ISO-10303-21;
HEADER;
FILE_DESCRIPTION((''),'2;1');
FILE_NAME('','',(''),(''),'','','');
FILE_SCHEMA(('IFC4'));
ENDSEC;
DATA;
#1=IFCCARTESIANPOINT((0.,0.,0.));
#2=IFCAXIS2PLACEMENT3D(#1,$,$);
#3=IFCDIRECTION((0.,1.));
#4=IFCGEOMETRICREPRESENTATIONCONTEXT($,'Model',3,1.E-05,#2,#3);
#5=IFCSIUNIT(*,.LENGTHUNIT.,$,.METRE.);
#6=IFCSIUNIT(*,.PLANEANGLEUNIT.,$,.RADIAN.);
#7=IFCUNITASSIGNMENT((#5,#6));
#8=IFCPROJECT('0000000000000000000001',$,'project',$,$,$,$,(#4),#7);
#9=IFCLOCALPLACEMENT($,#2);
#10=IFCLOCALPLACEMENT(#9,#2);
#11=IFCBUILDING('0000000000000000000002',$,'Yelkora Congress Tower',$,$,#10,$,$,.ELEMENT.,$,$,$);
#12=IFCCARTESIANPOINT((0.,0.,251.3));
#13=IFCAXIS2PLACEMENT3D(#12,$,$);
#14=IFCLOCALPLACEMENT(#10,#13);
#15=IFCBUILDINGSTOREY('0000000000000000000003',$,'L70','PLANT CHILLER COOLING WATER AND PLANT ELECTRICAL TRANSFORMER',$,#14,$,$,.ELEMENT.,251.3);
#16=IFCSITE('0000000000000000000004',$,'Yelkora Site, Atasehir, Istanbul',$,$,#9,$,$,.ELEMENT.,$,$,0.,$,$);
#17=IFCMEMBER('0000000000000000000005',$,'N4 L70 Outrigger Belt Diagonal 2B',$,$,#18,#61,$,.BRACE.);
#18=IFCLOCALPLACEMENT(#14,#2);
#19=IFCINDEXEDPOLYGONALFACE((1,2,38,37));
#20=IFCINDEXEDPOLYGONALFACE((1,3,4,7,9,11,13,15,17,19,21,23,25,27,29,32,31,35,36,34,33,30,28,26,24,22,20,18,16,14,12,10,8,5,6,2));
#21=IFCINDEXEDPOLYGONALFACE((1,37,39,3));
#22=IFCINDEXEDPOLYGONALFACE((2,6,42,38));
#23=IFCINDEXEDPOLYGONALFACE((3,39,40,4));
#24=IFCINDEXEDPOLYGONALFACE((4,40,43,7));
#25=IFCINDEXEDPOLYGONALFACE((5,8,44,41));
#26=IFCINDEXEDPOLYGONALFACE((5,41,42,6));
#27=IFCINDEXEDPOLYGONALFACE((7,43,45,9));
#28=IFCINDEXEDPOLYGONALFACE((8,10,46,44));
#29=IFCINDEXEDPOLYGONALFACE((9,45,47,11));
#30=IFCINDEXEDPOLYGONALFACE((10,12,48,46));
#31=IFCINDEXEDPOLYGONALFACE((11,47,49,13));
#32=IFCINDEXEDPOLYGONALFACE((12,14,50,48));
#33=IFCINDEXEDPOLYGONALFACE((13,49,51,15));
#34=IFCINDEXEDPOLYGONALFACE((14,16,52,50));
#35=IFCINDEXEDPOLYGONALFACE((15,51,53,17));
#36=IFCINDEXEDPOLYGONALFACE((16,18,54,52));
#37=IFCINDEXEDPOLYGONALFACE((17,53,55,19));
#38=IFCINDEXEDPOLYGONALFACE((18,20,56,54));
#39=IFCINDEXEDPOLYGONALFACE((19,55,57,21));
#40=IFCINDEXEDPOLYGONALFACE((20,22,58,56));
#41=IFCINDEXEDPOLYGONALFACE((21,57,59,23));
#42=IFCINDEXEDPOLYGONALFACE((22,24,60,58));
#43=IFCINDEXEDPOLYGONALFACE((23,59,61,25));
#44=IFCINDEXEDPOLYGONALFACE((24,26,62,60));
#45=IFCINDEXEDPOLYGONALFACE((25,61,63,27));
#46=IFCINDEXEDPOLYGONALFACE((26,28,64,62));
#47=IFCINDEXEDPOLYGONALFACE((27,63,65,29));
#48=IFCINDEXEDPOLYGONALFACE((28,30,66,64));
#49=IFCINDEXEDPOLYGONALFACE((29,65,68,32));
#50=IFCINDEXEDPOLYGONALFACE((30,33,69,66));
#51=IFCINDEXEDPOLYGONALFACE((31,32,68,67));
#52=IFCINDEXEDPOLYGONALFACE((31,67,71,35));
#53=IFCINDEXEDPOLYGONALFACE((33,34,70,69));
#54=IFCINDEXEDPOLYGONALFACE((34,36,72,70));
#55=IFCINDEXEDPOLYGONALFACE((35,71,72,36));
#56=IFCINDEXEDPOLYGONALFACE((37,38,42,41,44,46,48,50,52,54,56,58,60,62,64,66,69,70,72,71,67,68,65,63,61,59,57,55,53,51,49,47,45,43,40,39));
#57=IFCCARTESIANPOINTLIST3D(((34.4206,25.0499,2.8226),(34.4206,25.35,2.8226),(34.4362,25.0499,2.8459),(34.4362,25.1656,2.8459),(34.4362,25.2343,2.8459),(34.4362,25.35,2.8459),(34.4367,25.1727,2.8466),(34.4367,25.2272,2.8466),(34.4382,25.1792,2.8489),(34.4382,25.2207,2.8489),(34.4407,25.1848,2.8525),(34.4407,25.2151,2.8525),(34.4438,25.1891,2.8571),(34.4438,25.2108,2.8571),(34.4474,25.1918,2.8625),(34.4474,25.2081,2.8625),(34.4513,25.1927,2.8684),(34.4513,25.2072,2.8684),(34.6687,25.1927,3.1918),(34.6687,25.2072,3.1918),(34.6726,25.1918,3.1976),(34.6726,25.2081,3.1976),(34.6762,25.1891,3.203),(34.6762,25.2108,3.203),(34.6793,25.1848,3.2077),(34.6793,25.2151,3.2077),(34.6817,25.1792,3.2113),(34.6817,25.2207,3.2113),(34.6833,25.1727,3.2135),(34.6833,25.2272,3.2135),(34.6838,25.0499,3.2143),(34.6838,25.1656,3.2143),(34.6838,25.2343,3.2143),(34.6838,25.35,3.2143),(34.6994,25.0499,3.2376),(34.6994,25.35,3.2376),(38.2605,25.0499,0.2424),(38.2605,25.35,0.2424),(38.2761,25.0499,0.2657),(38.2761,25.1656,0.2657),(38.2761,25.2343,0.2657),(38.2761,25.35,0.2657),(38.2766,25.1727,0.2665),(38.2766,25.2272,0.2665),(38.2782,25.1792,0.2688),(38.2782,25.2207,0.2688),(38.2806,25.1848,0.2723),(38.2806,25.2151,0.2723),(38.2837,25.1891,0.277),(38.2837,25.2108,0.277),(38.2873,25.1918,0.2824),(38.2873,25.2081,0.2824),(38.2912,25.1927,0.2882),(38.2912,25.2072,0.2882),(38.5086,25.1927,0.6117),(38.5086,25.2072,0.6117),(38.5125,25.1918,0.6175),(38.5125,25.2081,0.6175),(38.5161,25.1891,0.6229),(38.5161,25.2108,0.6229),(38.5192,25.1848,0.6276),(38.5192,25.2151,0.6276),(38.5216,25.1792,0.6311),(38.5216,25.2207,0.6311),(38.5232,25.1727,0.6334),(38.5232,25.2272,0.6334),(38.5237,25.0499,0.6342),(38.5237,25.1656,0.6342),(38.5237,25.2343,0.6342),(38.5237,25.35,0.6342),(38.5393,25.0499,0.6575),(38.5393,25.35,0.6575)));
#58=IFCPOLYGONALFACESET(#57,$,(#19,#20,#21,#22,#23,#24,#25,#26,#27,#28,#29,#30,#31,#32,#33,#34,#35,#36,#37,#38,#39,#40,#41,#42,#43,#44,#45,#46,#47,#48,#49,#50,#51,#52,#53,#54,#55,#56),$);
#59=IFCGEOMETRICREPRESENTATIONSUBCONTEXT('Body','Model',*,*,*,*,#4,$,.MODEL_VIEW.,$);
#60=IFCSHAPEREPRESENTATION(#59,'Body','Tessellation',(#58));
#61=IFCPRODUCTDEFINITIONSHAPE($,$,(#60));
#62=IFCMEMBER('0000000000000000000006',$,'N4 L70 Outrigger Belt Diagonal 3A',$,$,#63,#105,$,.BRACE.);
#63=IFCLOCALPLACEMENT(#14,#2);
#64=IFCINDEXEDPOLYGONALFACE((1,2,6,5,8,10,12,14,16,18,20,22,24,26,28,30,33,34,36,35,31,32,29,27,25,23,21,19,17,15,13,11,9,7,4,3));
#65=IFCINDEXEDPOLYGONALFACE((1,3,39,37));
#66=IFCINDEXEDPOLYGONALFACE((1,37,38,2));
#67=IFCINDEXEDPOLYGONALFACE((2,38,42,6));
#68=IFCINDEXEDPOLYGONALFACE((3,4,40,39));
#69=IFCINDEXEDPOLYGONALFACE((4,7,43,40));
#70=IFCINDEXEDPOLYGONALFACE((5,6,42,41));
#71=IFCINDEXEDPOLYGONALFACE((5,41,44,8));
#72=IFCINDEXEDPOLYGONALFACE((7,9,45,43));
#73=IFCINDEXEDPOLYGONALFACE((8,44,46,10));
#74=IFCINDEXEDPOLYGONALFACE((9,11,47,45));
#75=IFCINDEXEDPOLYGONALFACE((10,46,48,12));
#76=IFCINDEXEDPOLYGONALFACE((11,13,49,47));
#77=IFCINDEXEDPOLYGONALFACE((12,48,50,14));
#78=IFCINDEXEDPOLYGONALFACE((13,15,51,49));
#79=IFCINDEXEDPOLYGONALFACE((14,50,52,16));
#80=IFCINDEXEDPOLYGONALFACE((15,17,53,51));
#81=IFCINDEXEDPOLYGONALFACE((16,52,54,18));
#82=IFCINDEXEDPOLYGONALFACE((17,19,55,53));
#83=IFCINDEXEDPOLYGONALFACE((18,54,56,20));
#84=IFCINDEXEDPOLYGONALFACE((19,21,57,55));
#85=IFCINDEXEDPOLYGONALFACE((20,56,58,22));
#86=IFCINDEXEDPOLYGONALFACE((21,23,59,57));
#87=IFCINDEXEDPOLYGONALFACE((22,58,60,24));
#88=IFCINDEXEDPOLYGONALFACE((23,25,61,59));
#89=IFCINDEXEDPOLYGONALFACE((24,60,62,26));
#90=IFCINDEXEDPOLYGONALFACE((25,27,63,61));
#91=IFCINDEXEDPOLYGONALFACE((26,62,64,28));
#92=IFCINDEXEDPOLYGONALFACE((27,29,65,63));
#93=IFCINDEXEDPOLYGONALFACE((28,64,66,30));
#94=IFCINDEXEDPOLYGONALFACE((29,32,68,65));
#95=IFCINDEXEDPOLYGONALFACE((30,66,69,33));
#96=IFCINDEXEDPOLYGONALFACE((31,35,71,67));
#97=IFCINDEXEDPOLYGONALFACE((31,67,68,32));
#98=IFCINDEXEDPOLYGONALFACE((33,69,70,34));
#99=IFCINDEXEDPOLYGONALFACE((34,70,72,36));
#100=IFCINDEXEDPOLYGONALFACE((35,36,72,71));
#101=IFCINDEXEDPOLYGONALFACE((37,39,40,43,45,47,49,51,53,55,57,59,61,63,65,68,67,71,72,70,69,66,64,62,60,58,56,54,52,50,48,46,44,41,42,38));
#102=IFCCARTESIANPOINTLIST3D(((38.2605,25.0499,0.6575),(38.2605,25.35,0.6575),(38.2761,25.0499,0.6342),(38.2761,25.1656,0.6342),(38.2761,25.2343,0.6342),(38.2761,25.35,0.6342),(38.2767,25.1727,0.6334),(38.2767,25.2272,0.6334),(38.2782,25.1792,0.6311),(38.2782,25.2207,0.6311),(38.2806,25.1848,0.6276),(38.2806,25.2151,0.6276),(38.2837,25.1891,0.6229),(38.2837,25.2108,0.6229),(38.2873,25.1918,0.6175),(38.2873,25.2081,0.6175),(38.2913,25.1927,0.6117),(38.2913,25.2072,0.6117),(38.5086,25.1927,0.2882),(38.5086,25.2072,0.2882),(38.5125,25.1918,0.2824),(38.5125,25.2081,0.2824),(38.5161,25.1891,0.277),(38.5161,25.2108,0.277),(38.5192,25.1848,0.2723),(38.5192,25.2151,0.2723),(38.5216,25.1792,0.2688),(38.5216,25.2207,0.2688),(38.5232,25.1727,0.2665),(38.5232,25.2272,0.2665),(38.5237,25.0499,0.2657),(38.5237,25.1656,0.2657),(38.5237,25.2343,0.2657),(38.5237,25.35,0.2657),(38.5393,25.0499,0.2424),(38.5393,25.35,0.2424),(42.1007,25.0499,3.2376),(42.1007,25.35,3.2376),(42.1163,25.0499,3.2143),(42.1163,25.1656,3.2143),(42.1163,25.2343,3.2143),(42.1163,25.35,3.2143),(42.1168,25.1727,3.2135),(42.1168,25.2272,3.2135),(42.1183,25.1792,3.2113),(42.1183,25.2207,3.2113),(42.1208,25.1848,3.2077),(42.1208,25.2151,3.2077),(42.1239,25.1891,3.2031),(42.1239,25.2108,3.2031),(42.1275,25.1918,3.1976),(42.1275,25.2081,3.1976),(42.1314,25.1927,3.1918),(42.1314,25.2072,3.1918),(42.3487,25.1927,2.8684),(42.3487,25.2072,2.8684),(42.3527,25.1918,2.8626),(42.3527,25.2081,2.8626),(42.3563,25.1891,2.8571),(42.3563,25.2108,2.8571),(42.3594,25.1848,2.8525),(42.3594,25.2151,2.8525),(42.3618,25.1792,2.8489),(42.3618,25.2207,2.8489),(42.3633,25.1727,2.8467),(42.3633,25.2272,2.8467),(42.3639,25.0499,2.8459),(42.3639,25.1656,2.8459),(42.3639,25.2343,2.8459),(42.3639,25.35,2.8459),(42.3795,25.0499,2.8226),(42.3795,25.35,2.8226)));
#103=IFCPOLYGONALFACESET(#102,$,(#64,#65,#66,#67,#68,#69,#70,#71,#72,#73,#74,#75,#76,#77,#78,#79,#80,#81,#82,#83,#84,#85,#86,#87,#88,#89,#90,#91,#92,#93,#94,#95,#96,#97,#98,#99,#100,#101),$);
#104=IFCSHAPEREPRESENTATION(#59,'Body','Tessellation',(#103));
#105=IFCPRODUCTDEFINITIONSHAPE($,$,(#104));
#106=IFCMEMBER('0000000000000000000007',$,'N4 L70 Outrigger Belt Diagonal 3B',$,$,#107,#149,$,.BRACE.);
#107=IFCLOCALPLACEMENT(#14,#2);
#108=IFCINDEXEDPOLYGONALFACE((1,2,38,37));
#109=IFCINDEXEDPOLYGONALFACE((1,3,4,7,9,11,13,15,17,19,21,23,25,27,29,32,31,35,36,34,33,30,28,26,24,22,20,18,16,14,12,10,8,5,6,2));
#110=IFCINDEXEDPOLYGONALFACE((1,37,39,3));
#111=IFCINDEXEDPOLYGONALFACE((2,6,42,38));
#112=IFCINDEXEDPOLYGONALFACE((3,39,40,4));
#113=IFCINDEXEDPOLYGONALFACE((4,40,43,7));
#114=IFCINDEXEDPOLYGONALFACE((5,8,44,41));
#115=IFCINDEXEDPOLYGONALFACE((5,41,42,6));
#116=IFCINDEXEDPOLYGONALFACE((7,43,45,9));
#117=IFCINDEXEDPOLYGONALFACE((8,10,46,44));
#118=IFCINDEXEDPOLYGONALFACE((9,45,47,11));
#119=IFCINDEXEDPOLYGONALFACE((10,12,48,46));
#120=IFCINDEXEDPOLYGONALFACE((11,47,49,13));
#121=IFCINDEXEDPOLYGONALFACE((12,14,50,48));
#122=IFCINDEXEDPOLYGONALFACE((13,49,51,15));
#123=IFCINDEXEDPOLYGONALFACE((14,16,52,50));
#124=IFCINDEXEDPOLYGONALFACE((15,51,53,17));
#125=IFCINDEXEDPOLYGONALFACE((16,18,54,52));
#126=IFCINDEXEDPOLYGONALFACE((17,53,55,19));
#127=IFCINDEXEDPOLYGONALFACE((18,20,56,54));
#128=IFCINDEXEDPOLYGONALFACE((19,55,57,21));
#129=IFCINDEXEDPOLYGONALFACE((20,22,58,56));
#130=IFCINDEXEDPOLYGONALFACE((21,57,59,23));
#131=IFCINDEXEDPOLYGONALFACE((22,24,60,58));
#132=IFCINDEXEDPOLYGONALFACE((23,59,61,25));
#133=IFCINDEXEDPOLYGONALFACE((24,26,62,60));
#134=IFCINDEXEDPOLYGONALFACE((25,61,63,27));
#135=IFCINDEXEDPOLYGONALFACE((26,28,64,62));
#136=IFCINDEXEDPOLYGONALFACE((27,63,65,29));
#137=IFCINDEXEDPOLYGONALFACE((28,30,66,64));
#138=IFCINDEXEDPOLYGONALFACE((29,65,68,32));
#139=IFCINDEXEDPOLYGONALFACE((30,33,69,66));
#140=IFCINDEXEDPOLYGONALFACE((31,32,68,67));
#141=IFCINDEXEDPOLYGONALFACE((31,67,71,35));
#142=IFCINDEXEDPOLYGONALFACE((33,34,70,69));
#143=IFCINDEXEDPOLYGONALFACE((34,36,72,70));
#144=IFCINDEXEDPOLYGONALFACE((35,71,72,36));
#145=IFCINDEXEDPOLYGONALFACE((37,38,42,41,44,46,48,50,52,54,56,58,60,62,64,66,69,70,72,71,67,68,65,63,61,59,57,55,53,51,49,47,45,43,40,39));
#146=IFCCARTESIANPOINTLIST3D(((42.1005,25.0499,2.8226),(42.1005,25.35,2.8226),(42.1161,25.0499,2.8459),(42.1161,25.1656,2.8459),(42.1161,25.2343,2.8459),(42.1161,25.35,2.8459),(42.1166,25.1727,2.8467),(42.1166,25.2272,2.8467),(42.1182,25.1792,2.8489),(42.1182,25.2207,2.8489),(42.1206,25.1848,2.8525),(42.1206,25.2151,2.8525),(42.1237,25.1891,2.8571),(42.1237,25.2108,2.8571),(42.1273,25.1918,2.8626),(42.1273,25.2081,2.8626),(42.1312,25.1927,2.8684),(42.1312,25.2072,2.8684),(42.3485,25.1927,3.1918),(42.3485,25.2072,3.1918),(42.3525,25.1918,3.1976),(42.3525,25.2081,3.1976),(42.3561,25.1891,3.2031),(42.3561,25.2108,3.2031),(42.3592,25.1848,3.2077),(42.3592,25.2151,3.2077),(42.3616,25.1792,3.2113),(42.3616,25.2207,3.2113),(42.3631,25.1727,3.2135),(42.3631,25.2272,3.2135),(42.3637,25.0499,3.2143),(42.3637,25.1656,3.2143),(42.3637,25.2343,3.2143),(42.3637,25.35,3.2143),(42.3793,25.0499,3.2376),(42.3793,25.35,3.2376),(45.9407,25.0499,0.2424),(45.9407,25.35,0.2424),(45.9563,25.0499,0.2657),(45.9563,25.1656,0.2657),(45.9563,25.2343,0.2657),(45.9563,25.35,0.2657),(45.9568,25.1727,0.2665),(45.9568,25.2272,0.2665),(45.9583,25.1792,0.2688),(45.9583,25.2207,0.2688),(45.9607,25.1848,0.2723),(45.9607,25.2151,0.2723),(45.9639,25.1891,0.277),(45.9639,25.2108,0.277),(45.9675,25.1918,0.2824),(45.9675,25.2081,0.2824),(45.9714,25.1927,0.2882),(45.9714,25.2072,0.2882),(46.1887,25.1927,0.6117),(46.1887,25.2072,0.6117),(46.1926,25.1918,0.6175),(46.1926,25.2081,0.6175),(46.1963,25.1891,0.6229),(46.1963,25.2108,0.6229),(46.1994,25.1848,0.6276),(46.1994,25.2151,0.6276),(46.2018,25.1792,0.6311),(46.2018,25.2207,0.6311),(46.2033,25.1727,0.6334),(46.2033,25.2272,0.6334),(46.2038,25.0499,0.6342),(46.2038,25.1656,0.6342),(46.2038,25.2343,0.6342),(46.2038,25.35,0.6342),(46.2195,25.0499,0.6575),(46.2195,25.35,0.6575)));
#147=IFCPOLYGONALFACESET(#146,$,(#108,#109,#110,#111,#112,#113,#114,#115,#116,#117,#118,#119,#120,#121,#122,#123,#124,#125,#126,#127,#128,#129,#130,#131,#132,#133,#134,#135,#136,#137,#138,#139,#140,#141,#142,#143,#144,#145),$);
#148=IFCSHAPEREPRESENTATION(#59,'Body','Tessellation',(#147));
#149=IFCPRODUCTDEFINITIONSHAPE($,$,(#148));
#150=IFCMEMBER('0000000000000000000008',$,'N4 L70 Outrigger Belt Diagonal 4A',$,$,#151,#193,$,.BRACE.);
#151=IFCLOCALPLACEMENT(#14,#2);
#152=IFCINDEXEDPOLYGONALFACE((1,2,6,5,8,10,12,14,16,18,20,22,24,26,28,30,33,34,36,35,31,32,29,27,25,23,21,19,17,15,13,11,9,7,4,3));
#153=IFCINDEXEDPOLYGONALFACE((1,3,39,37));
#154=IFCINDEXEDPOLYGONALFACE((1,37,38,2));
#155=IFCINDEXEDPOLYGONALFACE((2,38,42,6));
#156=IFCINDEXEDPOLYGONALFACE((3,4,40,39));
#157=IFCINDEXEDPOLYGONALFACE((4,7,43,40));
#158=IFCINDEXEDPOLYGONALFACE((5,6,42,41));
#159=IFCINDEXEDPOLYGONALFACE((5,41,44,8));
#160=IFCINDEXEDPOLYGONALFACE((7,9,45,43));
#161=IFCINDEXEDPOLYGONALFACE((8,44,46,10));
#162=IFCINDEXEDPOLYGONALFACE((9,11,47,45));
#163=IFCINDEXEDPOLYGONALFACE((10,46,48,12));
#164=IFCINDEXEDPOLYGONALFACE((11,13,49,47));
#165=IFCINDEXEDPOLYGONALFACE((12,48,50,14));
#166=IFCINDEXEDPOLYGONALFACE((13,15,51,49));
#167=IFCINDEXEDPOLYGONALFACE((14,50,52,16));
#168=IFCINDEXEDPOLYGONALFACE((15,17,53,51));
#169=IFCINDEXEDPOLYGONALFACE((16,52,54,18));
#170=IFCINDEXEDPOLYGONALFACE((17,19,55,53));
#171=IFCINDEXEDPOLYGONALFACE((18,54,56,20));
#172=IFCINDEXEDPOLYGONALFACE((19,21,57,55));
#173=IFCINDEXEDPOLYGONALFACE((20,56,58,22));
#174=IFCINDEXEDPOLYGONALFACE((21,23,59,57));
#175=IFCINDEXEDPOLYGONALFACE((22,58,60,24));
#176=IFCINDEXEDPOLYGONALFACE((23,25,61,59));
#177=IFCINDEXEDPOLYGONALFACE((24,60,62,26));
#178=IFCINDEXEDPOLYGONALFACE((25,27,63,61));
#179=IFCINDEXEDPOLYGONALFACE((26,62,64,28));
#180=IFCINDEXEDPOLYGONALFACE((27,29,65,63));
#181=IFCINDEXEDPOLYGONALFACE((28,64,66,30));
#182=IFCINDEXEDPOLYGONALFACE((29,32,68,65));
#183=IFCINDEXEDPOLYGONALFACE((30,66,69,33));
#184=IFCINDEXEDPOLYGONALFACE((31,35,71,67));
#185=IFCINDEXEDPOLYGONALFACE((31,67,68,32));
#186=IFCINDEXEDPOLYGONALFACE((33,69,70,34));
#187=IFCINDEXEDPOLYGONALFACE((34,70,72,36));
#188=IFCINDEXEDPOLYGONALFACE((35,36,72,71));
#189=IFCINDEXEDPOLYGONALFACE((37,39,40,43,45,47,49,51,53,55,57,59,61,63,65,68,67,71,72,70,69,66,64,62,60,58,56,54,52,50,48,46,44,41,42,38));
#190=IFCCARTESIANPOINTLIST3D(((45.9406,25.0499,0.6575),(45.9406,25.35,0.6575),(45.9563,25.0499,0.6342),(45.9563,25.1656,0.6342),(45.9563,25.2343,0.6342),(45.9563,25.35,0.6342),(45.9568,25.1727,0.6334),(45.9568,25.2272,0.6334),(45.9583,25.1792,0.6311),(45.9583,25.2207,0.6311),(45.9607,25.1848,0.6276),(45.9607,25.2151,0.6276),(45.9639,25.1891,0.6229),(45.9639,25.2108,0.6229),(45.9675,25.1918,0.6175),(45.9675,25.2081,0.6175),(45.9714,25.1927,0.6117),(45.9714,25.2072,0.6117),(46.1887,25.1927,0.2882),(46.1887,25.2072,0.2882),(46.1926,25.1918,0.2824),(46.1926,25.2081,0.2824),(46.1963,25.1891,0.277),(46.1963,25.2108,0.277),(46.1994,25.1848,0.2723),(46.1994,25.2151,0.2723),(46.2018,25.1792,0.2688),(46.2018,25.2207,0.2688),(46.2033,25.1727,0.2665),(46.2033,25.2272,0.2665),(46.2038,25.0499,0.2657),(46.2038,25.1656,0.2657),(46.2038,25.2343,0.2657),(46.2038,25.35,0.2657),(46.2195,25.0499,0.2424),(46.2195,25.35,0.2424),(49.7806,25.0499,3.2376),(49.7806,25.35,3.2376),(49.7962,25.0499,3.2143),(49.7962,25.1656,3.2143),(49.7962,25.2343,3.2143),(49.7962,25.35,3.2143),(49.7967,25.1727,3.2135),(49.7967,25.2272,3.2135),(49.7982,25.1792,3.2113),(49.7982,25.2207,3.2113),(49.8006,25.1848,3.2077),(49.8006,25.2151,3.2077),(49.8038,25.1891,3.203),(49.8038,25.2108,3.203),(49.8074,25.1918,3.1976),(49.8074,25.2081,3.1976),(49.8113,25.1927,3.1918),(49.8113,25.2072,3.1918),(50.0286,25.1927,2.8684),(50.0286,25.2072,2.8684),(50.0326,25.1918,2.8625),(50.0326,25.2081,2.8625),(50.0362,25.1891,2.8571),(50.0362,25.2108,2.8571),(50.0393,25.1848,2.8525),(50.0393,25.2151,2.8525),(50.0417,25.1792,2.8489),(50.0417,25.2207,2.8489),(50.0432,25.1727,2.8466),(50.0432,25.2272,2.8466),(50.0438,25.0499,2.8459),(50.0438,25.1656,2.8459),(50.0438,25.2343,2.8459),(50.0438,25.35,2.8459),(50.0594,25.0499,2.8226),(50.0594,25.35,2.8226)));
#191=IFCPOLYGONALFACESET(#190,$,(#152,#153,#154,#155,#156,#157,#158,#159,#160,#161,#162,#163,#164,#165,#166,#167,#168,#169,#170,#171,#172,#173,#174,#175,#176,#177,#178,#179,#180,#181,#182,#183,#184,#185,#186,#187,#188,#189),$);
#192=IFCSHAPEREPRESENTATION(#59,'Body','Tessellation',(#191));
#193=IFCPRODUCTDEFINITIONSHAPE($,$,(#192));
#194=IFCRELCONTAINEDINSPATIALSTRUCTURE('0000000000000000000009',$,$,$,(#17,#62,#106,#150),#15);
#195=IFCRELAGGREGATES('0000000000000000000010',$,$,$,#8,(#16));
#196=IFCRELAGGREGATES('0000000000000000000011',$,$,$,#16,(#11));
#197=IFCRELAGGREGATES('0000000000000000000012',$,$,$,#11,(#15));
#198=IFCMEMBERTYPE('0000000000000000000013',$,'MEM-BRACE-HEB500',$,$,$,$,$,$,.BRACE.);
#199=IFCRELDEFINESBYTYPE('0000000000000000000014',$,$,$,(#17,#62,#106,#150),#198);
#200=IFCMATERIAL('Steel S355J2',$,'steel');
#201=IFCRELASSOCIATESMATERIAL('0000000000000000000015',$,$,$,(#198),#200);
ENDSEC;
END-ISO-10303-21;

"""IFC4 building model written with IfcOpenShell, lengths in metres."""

from ifc_helpers import new_model, si_unit, direction, frame, origin, origin_2d, place, context, subcontext, project, spatial, i_section, extrude, material, material_profile, profile_set, type_object, element, save


model = new_model("IFC4")

# Units and contexts
model_context = context("Model", 3, precision=1e-05, world=origin(), true_north=direction((0.0, 1.0)))
body_context = subcontext(model_context, "Body", "Model", "MODEL_VIEW")
ifc_project = project(units=[si_unit("LENGTHUNIT", "METRE"), si_unit("PLANEANGLEUNIT", "RADIAN")], contexts=[model_context])

# Site, building, storey
site_placement = place(None, origin())
site = spatial("IfcSite", under=ifc_project, at=site_placement, Name="Yelkora Site, Atasehir, Istanbul", CompositionType="ELEMENT", RefElevation=0.0)
building_placement = place(site_placement, origin())
building = spatial("IfcBuilding", under=site, at=building_placement, Name="Yelkora Congress Tower", CompositionType="ELEMENT")
storey_placement = place(building_placement, frame((0.0, 0.0, 251.3)))
storey = spatial("IfcBuildingStorey", under=building, at=storey_placement, Name="L70", Description="PLANT CHILLER COOLING WATER AND PLANT ELECTRICAL TRANSFORMER", CompositionType="ELEMENT", Elevation=251.3)

# Members
ifc_material_1 = material(Name="Steel S355J2", Category="steel")
ifc_material_profile_1 = material_profile(ifc_material_1, i_section(OverallWidth=0.3, OverallDepth=0.5, WebThickness=0.0144, FlangeThickness=0.0281, FilletRadius=0.0271, at=origin_2d()), Name="HEB 500")
ifc_profile_set_1 = profile_set([ifc_material_profile_1], Name="Steel S355J2")
member_type_1 = type_object("IfcMemberType", Name="MEM-BRACE-HEB500", PredefinedType="BRACE", material=ifc_profile_set_1)
member_1_placement = place(storey_placement, frame((38.3999, 25.2, 0.45), z_axis=(-0.830031, 0.0, 0.557717), x_axis=(0.0, -1.0, 0.0)))
element("IfcMember", 1, at=member_1_placement, inside=storey, type_object=member_type_1, Name="N4 L70 Outrigger Belt Diagonal 2B", PredefinedType="BRACE", context=body_context, shape_type="SweptSolid", body=[
    extrude(i_section(OverallWidth=0.3, OverallDepth=0.5, WebThickness=0.0144, FlangeThickness=0.0281, FilletRadius=0.0271, at=origin_2d()), origin(), (0.0, 0.0, 1.0), 4.6262),
])
for number, where, z_axis, x_axis, name in (
    (2, (38.3999, 25.2, 0.45), (0.830048, 0.0, 0.557692), (0.0, 1.0, 0.0), "N4 L70 Outrigger Belt Diagonal 3A"),
    (3, (46.0801, 25.2, 0.45), (-0.830048, 0.0, 0.557692), (0.0, -1.0, 0.0), "N4 L70 Outrigger Belt Diagonal 3B"),
):
    element("IfcMember", number, at=place(storey_placement, frame(where, z_axis=z_axis, x_axis=x_axis)), inside=storey, type_object=member_type_1, Name=name, PredefinedType="BRACE", context=body_context, shape_type="SweptSolid", body=[
        extrude(i_section(OverallWidth=0.3, OverallDepth=0.5, WebThickness=0.0144, FlangeThickness=0.0281, FilletRadius=0.0271, at=origin_2d()), origin(), (0.0, 0.0, 1.0), 4.6265),
    ])
member_2_placement = place(storey_placement, frame((46.0801, 25.2, 0.45), z_axis=(0.830031, 0.0, 0.557717), x_axis=(0.0, 1.0, 0.0)))
element("IfcMember", 4, at=member_2_placement, inside=storey, type_object=member_type_1, Name="N4 L70 Outrigger Belt Diagonal 4A", PredefinedType="BRACE", context=body_context, shape_type="SweptSolid", body=[
    extrude(i_section(OverallWidth=0.3, OverallDepth=0.5, WebThickness=0.0144, FlangeThickness=0.0281, FilletRadius=0.0271, at=origin_2d()), origin(), (0.0, 0.0, 1.0), 4.6262),
])

save(model, "model.ifc")
